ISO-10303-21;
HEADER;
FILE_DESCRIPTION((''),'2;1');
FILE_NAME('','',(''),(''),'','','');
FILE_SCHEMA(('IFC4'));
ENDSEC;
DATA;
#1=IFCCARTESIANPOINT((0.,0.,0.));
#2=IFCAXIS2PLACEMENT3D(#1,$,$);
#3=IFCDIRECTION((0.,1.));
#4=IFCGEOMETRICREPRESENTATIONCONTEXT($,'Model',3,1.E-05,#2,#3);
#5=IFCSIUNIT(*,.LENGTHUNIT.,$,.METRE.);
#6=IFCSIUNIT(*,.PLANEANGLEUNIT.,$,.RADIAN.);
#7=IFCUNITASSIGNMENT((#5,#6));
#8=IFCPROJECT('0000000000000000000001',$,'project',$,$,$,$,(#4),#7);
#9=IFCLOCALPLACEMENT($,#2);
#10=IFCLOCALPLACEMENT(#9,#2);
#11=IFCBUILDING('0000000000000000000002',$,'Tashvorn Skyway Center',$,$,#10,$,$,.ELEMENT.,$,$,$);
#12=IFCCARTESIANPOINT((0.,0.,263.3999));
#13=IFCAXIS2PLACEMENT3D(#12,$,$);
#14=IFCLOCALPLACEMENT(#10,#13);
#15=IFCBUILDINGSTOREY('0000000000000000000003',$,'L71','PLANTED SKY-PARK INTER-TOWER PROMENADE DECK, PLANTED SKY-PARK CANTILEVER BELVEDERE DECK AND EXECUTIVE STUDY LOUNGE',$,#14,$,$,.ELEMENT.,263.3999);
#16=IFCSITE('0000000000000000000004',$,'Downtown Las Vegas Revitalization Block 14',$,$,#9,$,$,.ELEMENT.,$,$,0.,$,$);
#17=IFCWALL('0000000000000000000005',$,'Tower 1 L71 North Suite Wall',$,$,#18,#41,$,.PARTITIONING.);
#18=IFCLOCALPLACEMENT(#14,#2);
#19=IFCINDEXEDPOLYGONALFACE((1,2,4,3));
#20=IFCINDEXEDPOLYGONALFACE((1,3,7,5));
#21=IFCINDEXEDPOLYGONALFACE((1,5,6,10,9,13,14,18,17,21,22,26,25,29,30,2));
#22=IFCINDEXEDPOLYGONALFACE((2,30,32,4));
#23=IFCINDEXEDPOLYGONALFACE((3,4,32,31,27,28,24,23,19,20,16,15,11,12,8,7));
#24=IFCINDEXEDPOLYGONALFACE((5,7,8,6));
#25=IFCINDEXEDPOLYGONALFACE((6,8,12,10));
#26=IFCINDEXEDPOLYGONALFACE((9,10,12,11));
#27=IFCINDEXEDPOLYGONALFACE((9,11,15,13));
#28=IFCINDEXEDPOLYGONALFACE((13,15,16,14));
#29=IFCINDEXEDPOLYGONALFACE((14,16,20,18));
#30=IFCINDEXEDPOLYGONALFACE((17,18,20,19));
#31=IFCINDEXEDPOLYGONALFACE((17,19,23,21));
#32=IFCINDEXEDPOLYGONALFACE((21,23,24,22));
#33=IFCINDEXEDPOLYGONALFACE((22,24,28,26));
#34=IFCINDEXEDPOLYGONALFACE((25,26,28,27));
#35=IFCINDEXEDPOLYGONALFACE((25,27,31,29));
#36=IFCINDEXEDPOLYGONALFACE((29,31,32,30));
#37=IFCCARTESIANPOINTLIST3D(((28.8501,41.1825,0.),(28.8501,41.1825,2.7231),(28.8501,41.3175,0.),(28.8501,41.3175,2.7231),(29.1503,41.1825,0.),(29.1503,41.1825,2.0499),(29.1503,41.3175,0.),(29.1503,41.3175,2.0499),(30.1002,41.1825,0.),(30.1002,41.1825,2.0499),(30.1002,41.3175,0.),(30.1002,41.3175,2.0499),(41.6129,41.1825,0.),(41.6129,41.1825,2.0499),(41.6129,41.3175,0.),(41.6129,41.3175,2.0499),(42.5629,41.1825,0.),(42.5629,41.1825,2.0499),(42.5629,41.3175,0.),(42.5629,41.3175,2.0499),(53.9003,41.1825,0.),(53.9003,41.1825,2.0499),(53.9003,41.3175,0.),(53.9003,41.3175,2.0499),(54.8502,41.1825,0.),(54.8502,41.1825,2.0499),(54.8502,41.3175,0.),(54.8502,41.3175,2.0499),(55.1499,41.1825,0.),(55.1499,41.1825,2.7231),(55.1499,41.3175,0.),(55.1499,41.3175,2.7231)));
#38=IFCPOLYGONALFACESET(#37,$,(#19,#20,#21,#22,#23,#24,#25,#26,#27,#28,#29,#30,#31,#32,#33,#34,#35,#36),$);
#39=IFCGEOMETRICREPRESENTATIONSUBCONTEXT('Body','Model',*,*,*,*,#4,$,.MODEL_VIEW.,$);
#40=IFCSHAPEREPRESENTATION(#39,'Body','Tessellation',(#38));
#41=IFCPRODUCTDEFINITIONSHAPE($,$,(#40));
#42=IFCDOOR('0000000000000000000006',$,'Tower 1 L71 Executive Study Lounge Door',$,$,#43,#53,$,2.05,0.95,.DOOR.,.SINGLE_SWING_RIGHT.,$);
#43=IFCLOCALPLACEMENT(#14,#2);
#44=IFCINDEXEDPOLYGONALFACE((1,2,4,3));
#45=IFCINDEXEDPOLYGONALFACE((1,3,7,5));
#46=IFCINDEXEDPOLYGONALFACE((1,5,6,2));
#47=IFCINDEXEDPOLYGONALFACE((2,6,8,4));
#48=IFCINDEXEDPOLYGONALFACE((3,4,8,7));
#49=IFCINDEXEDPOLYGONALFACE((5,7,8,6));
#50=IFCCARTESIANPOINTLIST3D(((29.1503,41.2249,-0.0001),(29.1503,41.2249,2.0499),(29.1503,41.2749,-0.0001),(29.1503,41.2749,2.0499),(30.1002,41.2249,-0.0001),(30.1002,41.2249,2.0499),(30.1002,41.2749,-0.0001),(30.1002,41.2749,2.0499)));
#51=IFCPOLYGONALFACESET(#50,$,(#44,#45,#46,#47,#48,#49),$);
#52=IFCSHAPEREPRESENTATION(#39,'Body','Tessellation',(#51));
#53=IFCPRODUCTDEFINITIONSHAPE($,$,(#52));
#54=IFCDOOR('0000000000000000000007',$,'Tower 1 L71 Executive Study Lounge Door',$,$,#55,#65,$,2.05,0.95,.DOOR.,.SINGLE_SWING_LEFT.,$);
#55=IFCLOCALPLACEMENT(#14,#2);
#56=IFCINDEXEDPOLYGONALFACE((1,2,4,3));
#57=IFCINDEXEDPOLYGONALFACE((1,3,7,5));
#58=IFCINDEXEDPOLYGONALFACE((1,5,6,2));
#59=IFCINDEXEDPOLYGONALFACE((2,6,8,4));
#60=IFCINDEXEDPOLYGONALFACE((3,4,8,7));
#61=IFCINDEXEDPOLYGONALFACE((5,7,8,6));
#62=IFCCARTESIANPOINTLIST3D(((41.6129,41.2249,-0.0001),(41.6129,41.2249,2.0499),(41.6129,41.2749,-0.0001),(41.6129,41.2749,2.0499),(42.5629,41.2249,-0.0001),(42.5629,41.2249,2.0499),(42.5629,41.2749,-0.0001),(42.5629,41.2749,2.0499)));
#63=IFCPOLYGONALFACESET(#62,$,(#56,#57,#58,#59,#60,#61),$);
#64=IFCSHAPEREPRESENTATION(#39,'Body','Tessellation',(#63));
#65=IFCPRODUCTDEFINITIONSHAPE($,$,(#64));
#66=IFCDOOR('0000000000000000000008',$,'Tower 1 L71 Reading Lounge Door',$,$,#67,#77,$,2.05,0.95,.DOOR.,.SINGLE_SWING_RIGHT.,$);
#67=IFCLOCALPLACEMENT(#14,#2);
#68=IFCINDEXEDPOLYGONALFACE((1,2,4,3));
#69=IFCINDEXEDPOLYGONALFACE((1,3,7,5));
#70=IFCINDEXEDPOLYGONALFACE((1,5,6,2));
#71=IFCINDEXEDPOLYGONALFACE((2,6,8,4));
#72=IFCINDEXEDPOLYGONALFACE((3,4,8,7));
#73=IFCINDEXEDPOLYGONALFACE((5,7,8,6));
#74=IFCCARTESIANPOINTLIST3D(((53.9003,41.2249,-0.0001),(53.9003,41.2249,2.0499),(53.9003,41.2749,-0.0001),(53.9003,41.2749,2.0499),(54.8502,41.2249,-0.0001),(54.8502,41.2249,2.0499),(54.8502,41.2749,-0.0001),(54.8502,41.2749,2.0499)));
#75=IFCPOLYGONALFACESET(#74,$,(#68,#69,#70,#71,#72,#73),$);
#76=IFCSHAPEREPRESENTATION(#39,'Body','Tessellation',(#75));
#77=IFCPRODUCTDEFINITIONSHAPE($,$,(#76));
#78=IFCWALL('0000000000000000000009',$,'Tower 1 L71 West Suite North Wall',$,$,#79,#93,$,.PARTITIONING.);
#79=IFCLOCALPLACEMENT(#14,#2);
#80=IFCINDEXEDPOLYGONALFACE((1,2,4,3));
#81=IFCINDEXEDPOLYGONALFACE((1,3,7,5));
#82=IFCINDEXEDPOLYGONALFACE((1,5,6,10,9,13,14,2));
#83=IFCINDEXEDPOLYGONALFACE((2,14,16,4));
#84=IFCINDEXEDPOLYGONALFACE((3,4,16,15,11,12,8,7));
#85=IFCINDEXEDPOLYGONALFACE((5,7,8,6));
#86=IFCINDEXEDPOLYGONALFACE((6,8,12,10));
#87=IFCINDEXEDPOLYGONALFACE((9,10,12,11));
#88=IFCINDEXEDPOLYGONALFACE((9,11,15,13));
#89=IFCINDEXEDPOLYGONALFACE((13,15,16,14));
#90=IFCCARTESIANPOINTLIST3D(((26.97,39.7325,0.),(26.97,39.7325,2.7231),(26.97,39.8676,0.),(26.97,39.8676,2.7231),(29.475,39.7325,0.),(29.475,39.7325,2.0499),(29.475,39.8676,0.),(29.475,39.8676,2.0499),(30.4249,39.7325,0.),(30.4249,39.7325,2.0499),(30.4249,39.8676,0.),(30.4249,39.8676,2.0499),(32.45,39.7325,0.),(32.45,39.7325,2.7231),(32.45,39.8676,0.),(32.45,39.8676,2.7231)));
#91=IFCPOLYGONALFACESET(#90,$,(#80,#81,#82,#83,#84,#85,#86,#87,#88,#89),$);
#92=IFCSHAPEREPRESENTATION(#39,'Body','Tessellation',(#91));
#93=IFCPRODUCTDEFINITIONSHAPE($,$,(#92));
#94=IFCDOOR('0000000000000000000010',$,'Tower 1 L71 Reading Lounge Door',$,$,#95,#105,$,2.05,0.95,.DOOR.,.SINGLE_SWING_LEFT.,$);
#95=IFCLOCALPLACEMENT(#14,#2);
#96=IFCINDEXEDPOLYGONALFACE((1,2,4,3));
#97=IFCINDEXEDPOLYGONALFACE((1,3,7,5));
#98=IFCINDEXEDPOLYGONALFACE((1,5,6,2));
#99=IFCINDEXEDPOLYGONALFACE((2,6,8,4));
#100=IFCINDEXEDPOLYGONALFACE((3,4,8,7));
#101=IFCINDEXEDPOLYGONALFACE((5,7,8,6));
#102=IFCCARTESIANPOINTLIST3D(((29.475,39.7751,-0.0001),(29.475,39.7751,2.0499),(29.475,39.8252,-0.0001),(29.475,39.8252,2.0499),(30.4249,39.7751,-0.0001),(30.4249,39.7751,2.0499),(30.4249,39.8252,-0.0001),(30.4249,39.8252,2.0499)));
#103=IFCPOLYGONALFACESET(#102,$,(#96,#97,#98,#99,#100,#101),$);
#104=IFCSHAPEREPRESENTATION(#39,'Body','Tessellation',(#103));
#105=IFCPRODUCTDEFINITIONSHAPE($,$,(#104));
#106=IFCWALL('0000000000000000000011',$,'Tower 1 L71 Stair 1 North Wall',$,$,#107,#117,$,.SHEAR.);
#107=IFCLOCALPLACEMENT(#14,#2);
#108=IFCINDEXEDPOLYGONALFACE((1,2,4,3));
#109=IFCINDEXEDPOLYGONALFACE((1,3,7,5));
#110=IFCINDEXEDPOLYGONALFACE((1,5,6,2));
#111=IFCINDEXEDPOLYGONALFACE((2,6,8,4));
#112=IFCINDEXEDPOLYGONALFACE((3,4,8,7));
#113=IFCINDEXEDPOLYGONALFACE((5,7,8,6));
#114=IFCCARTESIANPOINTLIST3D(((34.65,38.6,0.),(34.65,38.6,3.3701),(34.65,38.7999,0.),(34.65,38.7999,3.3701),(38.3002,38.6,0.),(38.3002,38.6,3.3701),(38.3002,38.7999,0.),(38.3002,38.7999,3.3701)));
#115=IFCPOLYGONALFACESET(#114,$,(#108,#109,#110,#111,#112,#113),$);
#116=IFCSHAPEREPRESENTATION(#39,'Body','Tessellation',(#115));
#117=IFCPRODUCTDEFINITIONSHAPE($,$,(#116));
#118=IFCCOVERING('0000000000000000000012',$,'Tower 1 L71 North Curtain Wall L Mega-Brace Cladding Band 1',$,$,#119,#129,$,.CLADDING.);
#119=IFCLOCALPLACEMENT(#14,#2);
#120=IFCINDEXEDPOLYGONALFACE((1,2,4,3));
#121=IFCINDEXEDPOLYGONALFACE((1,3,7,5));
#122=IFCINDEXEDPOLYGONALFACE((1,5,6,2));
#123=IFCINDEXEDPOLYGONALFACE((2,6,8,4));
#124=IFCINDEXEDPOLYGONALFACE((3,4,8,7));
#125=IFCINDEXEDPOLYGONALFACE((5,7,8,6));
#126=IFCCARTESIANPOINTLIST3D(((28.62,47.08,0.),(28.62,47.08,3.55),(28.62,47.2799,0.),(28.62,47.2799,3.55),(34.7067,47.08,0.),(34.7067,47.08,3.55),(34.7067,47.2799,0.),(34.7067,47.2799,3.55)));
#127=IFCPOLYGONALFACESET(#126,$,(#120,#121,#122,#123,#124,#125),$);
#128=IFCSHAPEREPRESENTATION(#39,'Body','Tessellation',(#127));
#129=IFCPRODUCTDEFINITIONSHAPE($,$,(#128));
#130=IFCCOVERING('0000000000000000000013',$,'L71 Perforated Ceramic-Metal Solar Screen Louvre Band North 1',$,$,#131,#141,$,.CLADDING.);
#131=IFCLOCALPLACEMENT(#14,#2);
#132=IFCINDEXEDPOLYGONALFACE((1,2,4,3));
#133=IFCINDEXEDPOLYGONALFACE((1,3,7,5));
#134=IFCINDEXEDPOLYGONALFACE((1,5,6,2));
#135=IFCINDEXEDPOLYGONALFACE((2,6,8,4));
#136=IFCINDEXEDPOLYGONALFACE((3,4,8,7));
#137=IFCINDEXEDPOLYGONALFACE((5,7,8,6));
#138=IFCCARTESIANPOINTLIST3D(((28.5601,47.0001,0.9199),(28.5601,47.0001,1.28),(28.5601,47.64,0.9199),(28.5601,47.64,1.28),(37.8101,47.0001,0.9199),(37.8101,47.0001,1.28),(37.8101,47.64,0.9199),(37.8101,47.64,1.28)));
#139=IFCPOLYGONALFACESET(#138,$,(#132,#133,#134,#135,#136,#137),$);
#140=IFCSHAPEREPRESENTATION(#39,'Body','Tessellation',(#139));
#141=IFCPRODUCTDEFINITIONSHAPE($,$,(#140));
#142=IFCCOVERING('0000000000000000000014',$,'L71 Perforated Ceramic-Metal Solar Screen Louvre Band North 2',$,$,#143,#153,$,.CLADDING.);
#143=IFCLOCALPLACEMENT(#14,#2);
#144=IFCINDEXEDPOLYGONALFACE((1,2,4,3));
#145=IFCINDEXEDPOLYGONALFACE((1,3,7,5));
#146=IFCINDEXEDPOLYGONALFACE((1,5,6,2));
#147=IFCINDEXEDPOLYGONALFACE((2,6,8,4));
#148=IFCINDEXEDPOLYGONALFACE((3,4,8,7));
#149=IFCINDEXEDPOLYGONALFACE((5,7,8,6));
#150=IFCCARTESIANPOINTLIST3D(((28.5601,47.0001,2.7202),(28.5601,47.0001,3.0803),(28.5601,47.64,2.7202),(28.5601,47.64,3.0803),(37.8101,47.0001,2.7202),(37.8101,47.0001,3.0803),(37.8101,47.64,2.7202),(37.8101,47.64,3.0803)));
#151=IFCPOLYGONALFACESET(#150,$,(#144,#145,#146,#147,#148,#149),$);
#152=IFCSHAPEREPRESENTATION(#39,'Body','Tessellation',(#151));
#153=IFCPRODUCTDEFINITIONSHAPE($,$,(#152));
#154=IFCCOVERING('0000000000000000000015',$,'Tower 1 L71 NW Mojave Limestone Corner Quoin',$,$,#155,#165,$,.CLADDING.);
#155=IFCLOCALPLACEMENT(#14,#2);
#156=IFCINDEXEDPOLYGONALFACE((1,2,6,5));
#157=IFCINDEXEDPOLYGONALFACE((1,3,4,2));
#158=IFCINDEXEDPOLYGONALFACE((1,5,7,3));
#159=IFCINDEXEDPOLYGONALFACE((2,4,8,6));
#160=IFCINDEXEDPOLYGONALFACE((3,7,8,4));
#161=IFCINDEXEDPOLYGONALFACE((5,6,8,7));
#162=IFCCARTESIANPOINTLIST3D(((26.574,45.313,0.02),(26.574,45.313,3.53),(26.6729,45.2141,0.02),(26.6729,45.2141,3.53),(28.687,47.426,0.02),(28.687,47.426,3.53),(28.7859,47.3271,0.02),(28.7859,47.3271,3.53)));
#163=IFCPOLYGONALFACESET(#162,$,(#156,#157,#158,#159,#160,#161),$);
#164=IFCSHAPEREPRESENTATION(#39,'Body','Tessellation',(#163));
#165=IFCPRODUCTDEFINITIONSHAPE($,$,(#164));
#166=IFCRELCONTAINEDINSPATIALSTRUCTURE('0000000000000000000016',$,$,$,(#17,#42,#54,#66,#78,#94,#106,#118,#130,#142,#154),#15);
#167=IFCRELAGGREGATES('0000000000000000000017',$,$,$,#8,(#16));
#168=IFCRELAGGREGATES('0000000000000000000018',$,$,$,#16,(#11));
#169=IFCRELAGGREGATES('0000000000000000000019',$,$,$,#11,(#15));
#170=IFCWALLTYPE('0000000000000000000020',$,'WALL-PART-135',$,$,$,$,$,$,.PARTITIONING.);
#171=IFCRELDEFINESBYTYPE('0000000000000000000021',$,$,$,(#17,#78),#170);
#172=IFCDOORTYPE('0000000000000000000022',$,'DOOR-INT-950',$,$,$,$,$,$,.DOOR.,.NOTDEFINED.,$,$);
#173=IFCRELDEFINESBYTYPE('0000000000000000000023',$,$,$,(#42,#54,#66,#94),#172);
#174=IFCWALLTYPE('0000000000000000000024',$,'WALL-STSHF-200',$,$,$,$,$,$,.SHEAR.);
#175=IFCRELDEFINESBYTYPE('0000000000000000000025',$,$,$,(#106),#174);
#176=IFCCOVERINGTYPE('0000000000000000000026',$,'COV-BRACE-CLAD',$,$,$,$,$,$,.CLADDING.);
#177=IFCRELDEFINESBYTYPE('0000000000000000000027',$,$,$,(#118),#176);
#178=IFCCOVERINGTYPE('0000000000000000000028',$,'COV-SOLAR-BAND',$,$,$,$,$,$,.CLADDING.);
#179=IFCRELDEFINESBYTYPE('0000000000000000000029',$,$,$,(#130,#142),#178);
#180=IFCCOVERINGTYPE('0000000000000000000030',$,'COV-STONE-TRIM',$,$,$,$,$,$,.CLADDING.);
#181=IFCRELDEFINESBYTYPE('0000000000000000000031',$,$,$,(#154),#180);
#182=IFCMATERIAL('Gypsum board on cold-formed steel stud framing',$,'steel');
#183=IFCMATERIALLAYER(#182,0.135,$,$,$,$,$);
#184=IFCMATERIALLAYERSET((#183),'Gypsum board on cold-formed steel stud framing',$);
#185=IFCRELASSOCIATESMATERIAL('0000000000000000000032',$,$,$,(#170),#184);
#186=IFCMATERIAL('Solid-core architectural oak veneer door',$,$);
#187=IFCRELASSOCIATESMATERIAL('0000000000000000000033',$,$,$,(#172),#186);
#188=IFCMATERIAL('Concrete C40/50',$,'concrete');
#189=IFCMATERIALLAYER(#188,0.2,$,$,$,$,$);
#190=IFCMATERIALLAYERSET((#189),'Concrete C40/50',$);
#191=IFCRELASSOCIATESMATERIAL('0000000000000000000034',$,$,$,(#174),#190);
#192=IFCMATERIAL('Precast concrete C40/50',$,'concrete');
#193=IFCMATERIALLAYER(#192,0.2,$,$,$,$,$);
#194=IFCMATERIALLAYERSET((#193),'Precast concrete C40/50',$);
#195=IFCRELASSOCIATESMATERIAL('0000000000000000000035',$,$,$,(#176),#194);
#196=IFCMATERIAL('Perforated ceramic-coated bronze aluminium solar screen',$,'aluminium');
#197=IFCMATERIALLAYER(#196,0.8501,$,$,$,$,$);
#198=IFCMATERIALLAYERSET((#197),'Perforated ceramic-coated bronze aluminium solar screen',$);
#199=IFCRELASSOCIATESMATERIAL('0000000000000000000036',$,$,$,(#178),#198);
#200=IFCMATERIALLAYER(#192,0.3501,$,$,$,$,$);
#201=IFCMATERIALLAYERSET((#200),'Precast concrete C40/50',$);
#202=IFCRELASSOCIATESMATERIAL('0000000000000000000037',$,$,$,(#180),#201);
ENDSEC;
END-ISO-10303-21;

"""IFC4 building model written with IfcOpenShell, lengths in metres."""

from ifc_helpers import new_model, si_unit, direction, frame, frame_2d, origin, origin_2d, place, context, subcontext, project, spatial, rectangle, extrude, material, layer, layer_set, type_object, element, fill, save


model = new_model("IFC4")

# Units and contexts
model_context = context("Model", 3, precision=1e-05, world=origin(), true_north=direction((0.0, 1.0)))
body_context = subcontext(model_context, "Body", "Model", "MODEL_VIEW")
ifc_project = project(units=[si_unit("LENGTHUNIT", "METRE"), si_unit("PLANEANGLEUNIT", "RADIAN")], contexts=[model_context])

# Site, building, storey
site_placement = place(None, origin())
site = spatial("IfcSite", under=ifc_project, at=site_placement, Name="Downtown Las Vegas Revitalization Block 14", CompositionType="ELEMENT", RefElevation=0.0)
building_placement = place(site_placement, origin())
building = spatial("IfcBuilding", under=site, at=building_placement, Name="Tashvorn Skyway Center", CompositionType="ELEMENT")
storey_placement = place(building_placement, frame((0.0, 0.0, 263.3999)))
storey = spatial("IfcBuildingStorey", under=building, at=storey_placement, Name="L71", Description="PLANTED SKY-PARK INTER-TOWER PROMENADE DECK, PLANTED SKY-PARK CANTILEVER BELVEDERE DECK AND EXECUTIVE STUDY LOUNGE", CompositionType="ELEMENT", Elevation=263.3999)

# Wall, openings, doors
ifc_material_1 = material(Name="Gypsum board on cold-formed steel stud framing", Category="steel")
ifc_layer_1 = layer(ifc_material_1, 0.135)
ifc_layer_set_1 = layer_set([ifc_layer_1], Name="Gypsum board on cold-formed steel stud framing")
wall_type_1 = type_object("IfcWallType", Name="WALL-PART-135", PredefinedType="PARTITIONING", material=ifc_layer_set_1)
wall_1_placement = place(storey_placement, frame((28.8501, 41.25, 0.0), z_axis=(0.0, 0.0, 1.0), x_axis=(1.0, 0.0, 0.0)))
wall_1 = element("IfcWall", 1, at=wall_1_placement, inside=storey, type_object=wall_type_1, Name="Tower 1 L71 North Suite Wall", PredefinedType="PARTITIONING", context=body_context, shape_type="SweptSolid", body=[
    extrude(rectangle(XDim=26.2998, YDim=0.135, at=frame_2d((13.1499, 0.0))), origin(), (0.0, 0.0, 1.0), 2.7231),
])
opening_1_placement = place(wall_1_placement, frame((0.3, 0.0, 0.0)))
opening_1 = element("IfcOpeningElement", 2, at=opening_1_placement, cuts=wall_1, PredefinedType="OPENING", context=body_context, shape_type="SweptSolid", body=[
    extrude(rectangle(XDim=0.95, YDim=2.05, at=frame_2d((0.4751, 1.0249))), frame((0.0, 0.0774, 0.0), z_axis=(0.0, -1.0, 0.0), x_axis=(1.0, 0.0, 0.0)), (0.0, 0.0, 1.0), 0.155),
])
opening_2_placement = place(wall_1_placement, frame((12.7627, 0.0, 0.0)))
opening_2 = element("IfcOpeningElement", 3, at=opening_2_placement, cuts=wall_1, PredefinedType="OPENING", context=body_context, shape_type="SweptSolid", body=[
    extrude(rectangle(XDim=0.95, YDim=2.05, at=frame_2d((0.4751, 1.0249))), frame((0.0, 0.0774, 0.0), z_axis=(0.0, -1.0, 0.0), x_axis=(1.0, 0.0, 0.0)), (0.0, 0.0, 1.0), 0.155),
])
opening_3_placement = place(wall_1_placement, frame((25.05, 0.0, 0.0)))
opening_3 = element("IfcOpeningElement", 4, at=opening_3_placement, cuts=wall_1, PredefinedType="OPENING", context=body_context, shape_type="SweptSolid", body=[
    extrude(rectangle(XDim=0.95, YDim=2.05, at=frame_2d((0.4751, 1.0249))), frame((0.0, 0.0774, 0.0), z_axis=(0.0, -1.0, 0.0), x_axis=(1.0, 0.0, 0.0)), (0.0, 0.0, 1.0), 0.155),
])
ifc_material_2 = material(Name="Solid-core architectural oak veneer door")
door_type_1 = type_object("IfcDoorType", Name="DOOR-INT-950", OperationType="NOTDEFINED", PredefinedType="DOOR", material=ifc_material_2)
door_1_placement = place(opening_1_placement, origin())
door_1 = element("IfcDoor", 5, at=door_1_placement, inside=storey, type_object=door_type_1, Name="Tower 1 L71 Executive Study Lounge Door", OperationType="SINGLE_SWING_RIGHT", OverallHeight=2.05, OverallWidth=0.95, PredefinedType="DOOR", context=body_context, shape_type="SweptSolid", body=[
    extrude(rectangle(XDim=0.95, YDim=2.05, at=frame_2d((0.4751, 1.0249))), frame((0.0, 0.0249, 0.0), z_axis=(0.0, -1.0, 0.0), x_axis=(1.0, 0.0, 0.0)), (0.0, 0.0, 1.0), 0.05),
])
fill(opening_1, door_1)
door_2_placement = place(opening_2_placement, origin())
door_2 = element("IfcDoor", 6, at=door_2_placement, inside=storey, type_object=door_type_1, Name="Tower 1 L71 Executive Study Lounge Door", OperationType="SINGLE_SWING_LEFT", OverallHeight=2.05, OverallWidth=0.95, PredefinedType="DOOR", context=body_context, shape_type="SweptSolid", body=[
    extrude(rectangle(XDim=0.95, YDim=2.05, at=frame_2d((0.4751, 1.0249))), frame((0.0, 0.0249, 0.0), z_axis=(0.0, -1.0, 0.0), x_axis=(1.0, 0.0, 0.0)), (0.0, 0.0, 1.0), 0.05),
])
fill(opening_2, door_2)
door_3_placement = place(opening_3_placement, origin())
door_3 = element("IfcDoor", 7, at=door_3_placement, inside=storey, type_object=door_type_1, Name="Tower 1 L71 Reading Lounge Door", OperationType="SINGLE_SWING_RIGHT", OverallHeight=2.05, OverallWidth=0.95, PredefinedType="DOOR", context=body_context, shape_type="SweptSolid", body=[
    extrude(rectangle(XDim=0.95, YDim=2.05, at=frame_2d((0.4751, 1.0249))), frame((0.0, 0.0249, 0.0), z_axis=(0.0, -1.0, 0.0), x_axis=(1.0, 0.0, 0.0)), (0.0, 0.0, 1.0), 0.05),
])
fill(opening_3, door_3)

# Wall, opening, door
wall_2_placement = place(storey_placement, frame((32.45, 39.8, 0.0), z_axis=(0.0, 0.0, 1.0), x_axis=(-1.0, 0.0, 0.0)))
wall_2 = element("IfcWall", 8, at=wall_2_placement, inside=storey, type_object=wall_type_1, Name="Tower 1 L71 West Suite North Wall", PredefinedType="PARTITIONING", context=body_context, shape_type="SweptSolid", body=[
    extrude(rectangle(XDim=5.48, YDim=0.135, at=frame_2d((2.74, 0.0))), origin(), (0.0, 0.0, 1.0), 2.7231),
])
opening_4_placement = place(wall_2_placement, frame((2.0249, 0.0, 0.0)))
opening_4 = element("IfcOpeningElement", 9, at=opening_4_placement, cuts=wall_2, PredefinedType="OPENING", context=body_context, shape_type="SweptSolid", body=[
    extrude(rectangle(XDim=0.95, YDim=2.05, at=frame_2d((0.4751, 1.0249))), frame((0.0, 0.0774, 0.0), z_axis=(0.0, -1.0, 0.0), x_axis=(1.0, 0.0, 0.0)), (0.0, 0.0, 1.0), 0.155),
])
door_4_placement = place(opening_4_placement, origin())
door_4 = element("IfcDoor", 10, at=door_4_placement, inside=storey, type_object=door_type_1, Name="Tower 1 L71 Reading Lounge Door", OperationType="SINGLE_SWING_LEFT", OverallHeight=2.05, OverallWidth=0.95, PredefinedType="DOOR", context=body_context, shape_type="SweptSolid", body=[
    extrude(rectangle(XDim=0.95, YDim=2.05, at=frame_2d((0.4751, 1.0249))), frame((0.0, 0.0249, 0.0), z_axis=(0.0, -1.0, 0.0), x_axis=(1.0, 0.0, 0.0)), (0.0, 0.0, 1.0), 0.05),
])
fill(opening_4, door_4)

# Wall
ifc_material_3 = material(Name="Concrete C40/50", Category="concrete")
ifc_layer_2 = layer(ifc_material_3, 0.2)
ifc_layer_set_2 = layer_set([ifc_layer_2], Name="Concrete C40/50")
wall_type_2 = type_object("IfcWallType", Name="WALL-STSHF-200", PredefinedType="SHEAR", material=ifc_layer_set_2)
wall_3_placement = place(storey_placement, frame((34.6499, 38.7, 0.0), z_axis=(0.0, 0.0, 1.0), x_axis=(1.0, 0.0, 0.0)))
element("IfcWall", 11, at=wall_3_placement, inside=storey, type_object=wall_type_2, Name="Tower 1 L71 Stair 1 North Wall", PredefinedType="SHEAR", context=body_context, shape_type="SweptSolid", body=[
    extrude(rectangle(XDim=3.6501, YDim=0.2, at=frame_2d((1.8252, 0.0))), origin(), (0.0, 0.0, 1.0), 3.3701),
])

# Coverings
ifc_material_4 = material(Name="Precast concrete C40/50", Category="concrete")
ifc_layer_3 = layer(ifc_material_4, 0.2)
ifc_layer_set_3 = layer_set([ifc_layer_3], Name="Precast concrete C40/50")
covering_type_1 = type_object("IfcCoveringType", Name="COV-BRACE-CLAD", PredefinedType="CLADDING", material=ifc_layer_set_3)
covering_1_placement = place(storey_placement, frame((31.6633, 47.1799, 0.0), z_axis=(0.0, 0.0, 1.0), x_axis=(1.0, 0.0, 0.0)))
element("IfcCovering", 12, at=covering_1_placement, inside=storey, type_object=covering_type_1, Name="Tower 1 L71 North Curtain Wall L Mega-Brace Cladding Band 1", PredefinedType="CLADDING", context=body_context, shape_type="SweptSolid", body=[
    extrude(rectangle(XDim=6.0867, YDim=0.2, at=origin_2d()), origin(), (0.0, 0.0, 1.0), 3.55),
])
ifc_material_5 = material(Name="Perforated ceramic-coated bronze aluminium solar screen", Category="aluminium")
ifc_layer_4 = layer(ifc_material_5, 0.8501)
ifc_layer_set_4 = layer_set([ifc_layer_4], Name="Perforated ceramic-coated bronze aluminium solar screen")
covering_type_2 = type_object("IfcCoveringType", Name="COV-SOLAR-BAND", PredefinedType="CLADDING", material=ifc_layer_set_4)
for number, where, z_axis, x_axis, name in (
    (13, (33.1851, 47.3201, 0.9199), (0.0, 0.0, 1.0), (1.0, 0.0, 0.0), "L71 Perforated Ceramic-Metal Solar Screen Louvre Band North 1"),
    (14, (33.1851, 47.3201, 2.7202), (0.0, 0.0, 1.0), (1.0, 0.0, 0.0), "L71 Perforated Ceramic-Metal Solar Screen Louvre Band North 2"),
):
    element("IfcCovering", number, at=place(storey_placement, frame(where, z_axis=z_axis, x_axis=x_axis)), inside=storey, type_object=covering_type_2, Name=name, PredefinedType="CLADDING", context=body_context, shape_type="SweptSolid", body=[
        extrude(rectangle(XDim=9.25, YDim=0.6399, at=origin_2d()), origin(), (0.0, 0.0, 1.0), 0.3601),
    ])
ifc_layer_5 = layer(ifc_material_4, 0.3501)
ifc_layer_set_5 = layer_set([ifc_layer_5], Name="Precast concrete C40/50")
covering_type_3 = type_object("IfcCoveringType", Name="COV-STONE-TRIM", PredefinedType="CLADDING", material=ifc_layer_set_5)
covering_2_placement = place(storey_placement, frame((27.6799, 46.3201, 0.02), z_axis=(0.0, 0.0, 1.0), x_axis=(-0.707107, -0.707107, 0.0)))
element("IfcCovering", 15, at=covering_2_placement, inside=storey, type_object=covering_type_3, Name="Tower 1 L71 NW Mojave Limestone Corner Quoin", PredefinedType="CLADDING", context=body_context, shape_type="SweptSolid", body=[
    extrude(rectangle(XDim=2.9883, YDim=0.1399, at=origin_2d()), origin(), (0.0, 0.0, 1.0), 3.51),
])

save(model, "model.ifc")
